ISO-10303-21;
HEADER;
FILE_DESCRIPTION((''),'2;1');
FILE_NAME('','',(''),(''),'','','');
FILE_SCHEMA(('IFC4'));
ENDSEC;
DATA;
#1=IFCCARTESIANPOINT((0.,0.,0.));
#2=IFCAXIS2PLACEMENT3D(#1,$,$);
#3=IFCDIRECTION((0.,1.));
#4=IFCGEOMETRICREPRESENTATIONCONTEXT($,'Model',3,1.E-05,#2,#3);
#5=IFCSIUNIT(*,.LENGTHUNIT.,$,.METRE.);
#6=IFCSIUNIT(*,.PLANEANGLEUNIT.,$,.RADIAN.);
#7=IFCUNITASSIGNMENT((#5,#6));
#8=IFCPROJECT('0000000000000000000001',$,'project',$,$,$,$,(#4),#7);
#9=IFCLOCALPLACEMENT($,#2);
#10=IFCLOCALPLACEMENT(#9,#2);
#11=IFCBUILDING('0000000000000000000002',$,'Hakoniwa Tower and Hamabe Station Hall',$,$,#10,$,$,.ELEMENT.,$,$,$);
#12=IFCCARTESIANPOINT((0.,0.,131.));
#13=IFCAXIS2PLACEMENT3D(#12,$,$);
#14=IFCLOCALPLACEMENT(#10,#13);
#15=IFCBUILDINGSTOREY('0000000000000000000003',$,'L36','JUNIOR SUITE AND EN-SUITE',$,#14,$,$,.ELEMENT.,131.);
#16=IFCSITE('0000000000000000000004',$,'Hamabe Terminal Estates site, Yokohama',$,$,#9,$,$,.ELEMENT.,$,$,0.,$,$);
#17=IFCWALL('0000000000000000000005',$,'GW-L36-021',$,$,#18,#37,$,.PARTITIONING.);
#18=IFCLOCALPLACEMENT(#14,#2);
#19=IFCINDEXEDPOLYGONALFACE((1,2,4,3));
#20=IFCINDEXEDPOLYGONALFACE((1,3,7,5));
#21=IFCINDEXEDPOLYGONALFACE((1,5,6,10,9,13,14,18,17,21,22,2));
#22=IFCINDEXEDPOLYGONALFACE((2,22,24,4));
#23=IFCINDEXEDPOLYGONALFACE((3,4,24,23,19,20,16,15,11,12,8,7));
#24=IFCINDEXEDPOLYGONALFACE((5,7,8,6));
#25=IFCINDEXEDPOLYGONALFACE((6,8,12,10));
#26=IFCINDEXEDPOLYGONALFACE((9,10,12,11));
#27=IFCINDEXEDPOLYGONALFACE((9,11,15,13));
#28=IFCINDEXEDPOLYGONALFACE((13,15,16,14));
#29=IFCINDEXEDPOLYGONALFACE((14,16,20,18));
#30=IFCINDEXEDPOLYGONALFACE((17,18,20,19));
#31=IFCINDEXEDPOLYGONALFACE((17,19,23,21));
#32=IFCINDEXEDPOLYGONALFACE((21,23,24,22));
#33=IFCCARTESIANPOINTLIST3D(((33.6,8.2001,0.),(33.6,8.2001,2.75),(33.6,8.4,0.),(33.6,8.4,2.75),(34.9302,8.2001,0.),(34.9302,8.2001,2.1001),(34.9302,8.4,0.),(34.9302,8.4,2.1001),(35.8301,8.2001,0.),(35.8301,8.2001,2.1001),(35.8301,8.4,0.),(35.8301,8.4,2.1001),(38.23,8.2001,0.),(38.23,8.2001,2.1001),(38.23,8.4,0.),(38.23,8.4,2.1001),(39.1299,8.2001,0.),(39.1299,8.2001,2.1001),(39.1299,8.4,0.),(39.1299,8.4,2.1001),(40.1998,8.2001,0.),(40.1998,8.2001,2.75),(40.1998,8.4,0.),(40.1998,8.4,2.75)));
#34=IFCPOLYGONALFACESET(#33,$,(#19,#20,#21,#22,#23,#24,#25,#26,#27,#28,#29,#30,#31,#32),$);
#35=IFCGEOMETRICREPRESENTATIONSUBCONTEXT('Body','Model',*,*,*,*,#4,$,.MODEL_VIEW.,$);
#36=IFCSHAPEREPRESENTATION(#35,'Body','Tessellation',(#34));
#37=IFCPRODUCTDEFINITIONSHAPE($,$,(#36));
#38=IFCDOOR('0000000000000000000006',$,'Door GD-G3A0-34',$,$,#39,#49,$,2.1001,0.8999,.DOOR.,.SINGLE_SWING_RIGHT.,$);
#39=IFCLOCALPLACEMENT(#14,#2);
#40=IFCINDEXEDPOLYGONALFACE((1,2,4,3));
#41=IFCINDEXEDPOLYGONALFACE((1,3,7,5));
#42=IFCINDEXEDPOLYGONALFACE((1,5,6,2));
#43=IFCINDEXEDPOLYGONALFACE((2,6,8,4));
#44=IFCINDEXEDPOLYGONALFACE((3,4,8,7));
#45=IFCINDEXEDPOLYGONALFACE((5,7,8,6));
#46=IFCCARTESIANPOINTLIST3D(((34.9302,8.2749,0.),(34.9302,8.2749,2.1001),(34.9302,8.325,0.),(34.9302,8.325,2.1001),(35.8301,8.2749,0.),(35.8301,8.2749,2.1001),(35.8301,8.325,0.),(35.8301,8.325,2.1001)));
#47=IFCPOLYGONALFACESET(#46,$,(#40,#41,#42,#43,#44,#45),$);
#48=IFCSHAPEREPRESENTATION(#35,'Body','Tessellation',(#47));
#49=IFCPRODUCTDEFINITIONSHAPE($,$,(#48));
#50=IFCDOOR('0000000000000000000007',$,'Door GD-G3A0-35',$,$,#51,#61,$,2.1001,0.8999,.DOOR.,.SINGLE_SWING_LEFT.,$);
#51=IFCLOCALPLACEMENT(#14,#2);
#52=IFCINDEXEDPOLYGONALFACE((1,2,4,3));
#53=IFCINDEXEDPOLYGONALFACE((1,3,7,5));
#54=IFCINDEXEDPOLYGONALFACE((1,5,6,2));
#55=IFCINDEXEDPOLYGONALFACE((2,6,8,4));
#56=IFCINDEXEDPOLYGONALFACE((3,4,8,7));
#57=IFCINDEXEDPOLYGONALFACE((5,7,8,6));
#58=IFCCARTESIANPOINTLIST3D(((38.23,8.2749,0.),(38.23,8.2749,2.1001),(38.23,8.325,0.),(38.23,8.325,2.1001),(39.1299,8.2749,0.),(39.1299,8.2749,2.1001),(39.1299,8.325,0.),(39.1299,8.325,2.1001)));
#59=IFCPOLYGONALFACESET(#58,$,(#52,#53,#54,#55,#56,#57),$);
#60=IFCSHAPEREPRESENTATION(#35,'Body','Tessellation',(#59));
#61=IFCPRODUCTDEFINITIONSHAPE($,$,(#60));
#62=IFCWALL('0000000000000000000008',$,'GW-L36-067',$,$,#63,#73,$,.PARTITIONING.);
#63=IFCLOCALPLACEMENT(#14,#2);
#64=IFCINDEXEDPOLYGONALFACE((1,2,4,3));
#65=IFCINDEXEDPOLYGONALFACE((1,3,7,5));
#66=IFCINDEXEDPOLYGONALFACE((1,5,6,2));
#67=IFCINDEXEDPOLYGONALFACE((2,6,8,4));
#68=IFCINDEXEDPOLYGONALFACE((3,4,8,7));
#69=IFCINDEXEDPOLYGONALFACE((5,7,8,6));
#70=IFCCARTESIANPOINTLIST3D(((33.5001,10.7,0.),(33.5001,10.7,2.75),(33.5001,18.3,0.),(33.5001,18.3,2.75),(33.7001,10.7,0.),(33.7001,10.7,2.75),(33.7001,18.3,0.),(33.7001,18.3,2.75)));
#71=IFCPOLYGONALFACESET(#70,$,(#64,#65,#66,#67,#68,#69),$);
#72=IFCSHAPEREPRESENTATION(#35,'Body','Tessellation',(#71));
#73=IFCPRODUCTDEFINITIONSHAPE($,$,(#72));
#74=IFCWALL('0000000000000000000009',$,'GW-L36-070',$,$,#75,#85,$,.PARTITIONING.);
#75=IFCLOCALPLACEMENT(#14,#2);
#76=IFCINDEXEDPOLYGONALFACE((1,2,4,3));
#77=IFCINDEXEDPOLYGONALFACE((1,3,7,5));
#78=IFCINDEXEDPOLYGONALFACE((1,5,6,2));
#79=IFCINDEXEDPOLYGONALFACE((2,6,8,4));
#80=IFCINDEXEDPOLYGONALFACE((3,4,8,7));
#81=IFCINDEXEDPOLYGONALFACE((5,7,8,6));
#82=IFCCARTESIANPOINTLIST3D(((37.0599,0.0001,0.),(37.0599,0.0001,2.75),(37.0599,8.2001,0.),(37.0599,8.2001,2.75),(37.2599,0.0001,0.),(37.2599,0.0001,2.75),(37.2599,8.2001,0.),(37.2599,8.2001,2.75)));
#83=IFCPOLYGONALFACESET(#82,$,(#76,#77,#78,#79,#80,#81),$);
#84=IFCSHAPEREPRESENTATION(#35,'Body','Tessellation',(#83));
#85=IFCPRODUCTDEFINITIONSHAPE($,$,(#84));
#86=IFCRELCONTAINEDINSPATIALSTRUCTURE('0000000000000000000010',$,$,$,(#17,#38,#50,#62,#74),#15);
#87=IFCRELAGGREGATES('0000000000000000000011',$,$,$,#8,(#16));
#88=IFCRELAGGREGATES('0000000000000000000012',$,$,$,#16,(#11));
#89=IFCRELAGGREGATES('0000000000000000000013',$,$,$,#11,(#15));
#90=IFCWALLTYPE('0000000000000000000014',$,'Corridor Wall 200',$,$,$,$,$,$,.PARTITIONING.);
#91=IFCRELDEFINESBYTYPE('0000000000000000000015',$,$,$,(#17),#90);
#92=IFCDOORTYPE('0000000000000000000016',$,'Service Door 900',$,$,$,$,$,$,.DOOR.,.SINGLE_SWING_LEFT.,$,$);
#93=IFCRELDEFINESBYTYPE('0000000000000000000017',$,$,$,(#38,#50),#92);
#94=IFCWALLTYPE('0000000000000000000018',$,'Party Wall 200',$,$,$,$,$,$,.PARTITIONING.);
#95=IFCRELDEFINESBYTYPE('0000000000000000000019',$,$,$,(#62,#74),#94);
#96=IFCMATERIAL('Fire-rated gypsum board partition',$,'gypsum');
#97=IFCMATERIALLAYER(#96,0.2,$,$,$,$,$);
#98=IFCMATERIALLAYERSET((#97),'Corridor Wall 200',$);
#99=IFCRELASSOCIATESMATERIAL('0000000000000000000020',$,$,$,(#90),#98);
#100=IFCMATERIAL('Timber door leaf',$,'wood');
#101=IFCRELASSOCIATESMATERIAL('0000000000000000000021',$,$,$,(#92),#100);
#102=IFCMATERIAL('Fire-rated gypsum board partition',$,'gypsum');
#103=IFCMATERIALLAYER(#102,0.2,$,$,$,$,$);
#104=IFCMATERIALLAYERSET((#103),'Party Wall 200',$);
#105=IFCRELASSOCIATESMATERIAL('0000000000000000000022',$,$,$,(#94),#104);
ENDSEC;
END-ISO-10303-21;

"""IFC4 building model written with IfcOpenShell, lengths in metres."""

from ifc_helpers import new_model, si_unit, direction, frame, frame_2d, origin, place, context, subcontext, project, spatial, rectangle, extrude, material, layer, layer_set, type_object, element, fill, save


model = new_model("IFC4")

# Units and contexts
model_context = context("Model", 3, precision=1e-05, world=origin(), true_north=direction((0.0, 1.0)))
body_context = subcontext(model_context, "Body", "Model", "MODEL_VIEW")
ifc_project = project(units=[si_unit("LENGTHUNIT", "METRE"), si_unit("PLANEANGLEUNIT", "RADIAN")], contexts=[model_context])

# Site, building, storey
site_placement = place(None, origin())
site = spatial("IfcSite", under=ifc_project, at=site_placement, Name="Hamabe Terminal Estates site, Yokohama", CompositionType="ELEMENT", RefElevation=0.0)
building_placement = place(site_placement, origin())
building = spatial("IfcBuilding", under=site, at=building_placement, Name="Hakoniwa Tower and Hamabe Station Hall", CompositionType="ELEMENT")
storey_placement = place(building_placement, frame((0.0, 0.0, 131.0)))
storey = spatial("IfcBuildingStorey", under=building, at=storey_placement, Name="L36", Description="JUNIOR SUITE AND EN-SUITE", CompositionType="ELEMENT", Elevation=131.0)

# Wall, openings, doors
ifc_material_1 = material(Name="Fire-rated gypsum board partition", Category="gypsum")
ifc_layer_1 = layer(ifc_material_1, 0.2)
ifc_layer_set_1 = layer_set([ifc_layer_1], Name="Corridor Wall 200")
wall_type_1 = type_object("IfcWallType", Name="Corridor Wall 200", PredefinedType="PARTITIONING", material=ifc_layer_set_1)
wall_1_placement = place(storey_placement, frame((33.6001, 8.3, 0.0), z_axis=(0.0, 0.0, 1.0), x_axis=(1.0, 0.0, 0.0)))
wall_1 = element("IfcWall", 1, at=wall_1_placement, inside=storey, type_object=wall_type_1, Name="GW-L36-021", PredefinedType="PARTITIONING", context=body_context, shape_type="SweptSolid", body=[
    extrude(rectangle(XDim=6.5999, YDim=0.2, at=frame_2d((3.2998, 0.0))), origin(), (0.0, 0.0, 1.0), 2.75),
])
opening_1_placement = place(wall_1_placement, frame((1.3301, 0.0, 0.0)))
opening_1 = element("IfcOpeningElement", 2, at=opening_1_placement, cuts=wall_1, PredefinedType="OPENING", context=body_context, shape_type="SweptSolid", body=[
    extrude(rectangle(XDim=0.8999, YDim=2.1001, at=frame_2d((0.45, 1.05))), frame((0.0, 0.1099, 0.0), z_axis=(0.0, -1.0, 0.0), x_axis=(1.0, 0.0, 0.0)), (0.0, 0.0, 1.0), 0.22),
])
opening_2_placement = place(wall_1_placement, frame((4.6299, 0.0, 0.0)))
opening_2 = element("IfcOpeningElement", 3, at=opening_2_placement, cuts=wall_1, PredefinedType="OPENING", context=body_context, shape_type="SweptSolid", body=[
    extrude(rectangle(XDim=0.8999, YDim=2.1001, at=frame_2d((0.45, 1.05))), frame((0.0, 0.1099, 0.0), z_axis=(0.0, -1.0, 0.0), x_axis=(1.0, 0.0, 0.0)), (0.0, 0.0, 1.0), 0.22),
])
ifc_material_2 = material(Name="Timber door leaf", Category="wood")
door_type_1 = type_object("IfcDoorType", Name="Service Door 900", OperationType="SINGLE_SWING_LEFT", PredefinedType="DOOR", material=ifc_material_2)
door_1_placement = place(opening_1_placement, origin())
door_1 = element("IfcDoor", 4, at=door_1_placement, inside=storey, type_object=door_type_1, Name="Door GD-G3A0-34", OperationType="SINGLE_SWING_RIGHT", OverallHeight=2.1001, OverallWidth=0.8999, PredefinedType="DOOR", context=body_context, shape_type="SweptSolid", body=[
    extrude(rectangle(XDim=0.8999, YDim=2.1001, at=frame_2d((0.45, 1.05))), frame((0.0, 0.0249, 0.0), z_axis=(0.0, -1.0, 0.0), x_axis=(1.0, 0.0, 0.0)), (0.0, 0.0, 1.0), 0.05),
])
fill(opening_1, door_1)
door_2_placement = place(opening_2_placement, origin())
door_2 = element("IfcDoor", 5, at=door_2_placement, inside=storey, type_object=door_type_1, Name="Door GD-G3A0-35", OperationType="SINGLE_SWING_LEFT", OverallHeight=2.1001, OverallWidth=0.8999, PredefinedType="DOOR", context=body_context, shape_type="SweptSolid", body=[
    extrude(rectangle(XDim=0.8999, YDim=2.1001, at=frame_2d((0.45, 1.05))), frame((0.0, 0.0249, 0.0), z_axis=(0.0, -1.0, 0.0), x_axis=(1.0, 0.0, 0.0)), (0.0, 0.0, 1.0), 0.05),
])
fill(opening_2, door_2)

# Walls
ifc_material_3 = material(Name="Fire-rated gypsum board partition", Category="gypsum")
ifc_layer_2 = layer(ifc_material_3, 0.2)
ifc_layer_set_2 = layer_set([ifc_layer_2], Name="Party Wall 200")
wall_type_2 = type_object("IfcWallType", Name="Party Wall 200", PredefinedType="PARTITIONING", material=ifc_layer_set_2)
wall_2_placement = place(storey_placement, frame((33.6001, 10.7, 0.0), z_axis=(0.0, 0.0, 1.0), x_axis=(0.0, 1.0, 0.0)))
element("IfcWall", 6, at=wall_2_placement, inside=storey, type_object=wall_type_2, Name="GW-L36-067", PredefinedType="PARTITIONING", context=body_context, shape_type="SweptSolid", body=[
    extrude(rectangle(XDim=7.6001, YDim=0.2, at=frame_2d((3.8, 0.0))), origin(), (0.0, 0.0, 1.0), 2.75),
])
wall_3_placement = place(storey_placement, frame((37.1599, 0.0, 0.0), z_axis=(0.0, 0.0, 1.0), x_axis=(0.0, 1.0, 0.0)))
element("IfcWall", 7, at=wall_3_placement, inside=storey, type_object=wall_type_2, Name="GW-L36-070", PredefinedType="PARTITIONING", context=body_context, shape_type="SweptSolid", body=[
    extrude(rectangle(XDim=8.2, YDim=0.2, at=frame_2d((4.1001, 0.0))), origin(), (0.0, 0.0, 1.0), 2.75),
])

save(model, "model.ifc")
